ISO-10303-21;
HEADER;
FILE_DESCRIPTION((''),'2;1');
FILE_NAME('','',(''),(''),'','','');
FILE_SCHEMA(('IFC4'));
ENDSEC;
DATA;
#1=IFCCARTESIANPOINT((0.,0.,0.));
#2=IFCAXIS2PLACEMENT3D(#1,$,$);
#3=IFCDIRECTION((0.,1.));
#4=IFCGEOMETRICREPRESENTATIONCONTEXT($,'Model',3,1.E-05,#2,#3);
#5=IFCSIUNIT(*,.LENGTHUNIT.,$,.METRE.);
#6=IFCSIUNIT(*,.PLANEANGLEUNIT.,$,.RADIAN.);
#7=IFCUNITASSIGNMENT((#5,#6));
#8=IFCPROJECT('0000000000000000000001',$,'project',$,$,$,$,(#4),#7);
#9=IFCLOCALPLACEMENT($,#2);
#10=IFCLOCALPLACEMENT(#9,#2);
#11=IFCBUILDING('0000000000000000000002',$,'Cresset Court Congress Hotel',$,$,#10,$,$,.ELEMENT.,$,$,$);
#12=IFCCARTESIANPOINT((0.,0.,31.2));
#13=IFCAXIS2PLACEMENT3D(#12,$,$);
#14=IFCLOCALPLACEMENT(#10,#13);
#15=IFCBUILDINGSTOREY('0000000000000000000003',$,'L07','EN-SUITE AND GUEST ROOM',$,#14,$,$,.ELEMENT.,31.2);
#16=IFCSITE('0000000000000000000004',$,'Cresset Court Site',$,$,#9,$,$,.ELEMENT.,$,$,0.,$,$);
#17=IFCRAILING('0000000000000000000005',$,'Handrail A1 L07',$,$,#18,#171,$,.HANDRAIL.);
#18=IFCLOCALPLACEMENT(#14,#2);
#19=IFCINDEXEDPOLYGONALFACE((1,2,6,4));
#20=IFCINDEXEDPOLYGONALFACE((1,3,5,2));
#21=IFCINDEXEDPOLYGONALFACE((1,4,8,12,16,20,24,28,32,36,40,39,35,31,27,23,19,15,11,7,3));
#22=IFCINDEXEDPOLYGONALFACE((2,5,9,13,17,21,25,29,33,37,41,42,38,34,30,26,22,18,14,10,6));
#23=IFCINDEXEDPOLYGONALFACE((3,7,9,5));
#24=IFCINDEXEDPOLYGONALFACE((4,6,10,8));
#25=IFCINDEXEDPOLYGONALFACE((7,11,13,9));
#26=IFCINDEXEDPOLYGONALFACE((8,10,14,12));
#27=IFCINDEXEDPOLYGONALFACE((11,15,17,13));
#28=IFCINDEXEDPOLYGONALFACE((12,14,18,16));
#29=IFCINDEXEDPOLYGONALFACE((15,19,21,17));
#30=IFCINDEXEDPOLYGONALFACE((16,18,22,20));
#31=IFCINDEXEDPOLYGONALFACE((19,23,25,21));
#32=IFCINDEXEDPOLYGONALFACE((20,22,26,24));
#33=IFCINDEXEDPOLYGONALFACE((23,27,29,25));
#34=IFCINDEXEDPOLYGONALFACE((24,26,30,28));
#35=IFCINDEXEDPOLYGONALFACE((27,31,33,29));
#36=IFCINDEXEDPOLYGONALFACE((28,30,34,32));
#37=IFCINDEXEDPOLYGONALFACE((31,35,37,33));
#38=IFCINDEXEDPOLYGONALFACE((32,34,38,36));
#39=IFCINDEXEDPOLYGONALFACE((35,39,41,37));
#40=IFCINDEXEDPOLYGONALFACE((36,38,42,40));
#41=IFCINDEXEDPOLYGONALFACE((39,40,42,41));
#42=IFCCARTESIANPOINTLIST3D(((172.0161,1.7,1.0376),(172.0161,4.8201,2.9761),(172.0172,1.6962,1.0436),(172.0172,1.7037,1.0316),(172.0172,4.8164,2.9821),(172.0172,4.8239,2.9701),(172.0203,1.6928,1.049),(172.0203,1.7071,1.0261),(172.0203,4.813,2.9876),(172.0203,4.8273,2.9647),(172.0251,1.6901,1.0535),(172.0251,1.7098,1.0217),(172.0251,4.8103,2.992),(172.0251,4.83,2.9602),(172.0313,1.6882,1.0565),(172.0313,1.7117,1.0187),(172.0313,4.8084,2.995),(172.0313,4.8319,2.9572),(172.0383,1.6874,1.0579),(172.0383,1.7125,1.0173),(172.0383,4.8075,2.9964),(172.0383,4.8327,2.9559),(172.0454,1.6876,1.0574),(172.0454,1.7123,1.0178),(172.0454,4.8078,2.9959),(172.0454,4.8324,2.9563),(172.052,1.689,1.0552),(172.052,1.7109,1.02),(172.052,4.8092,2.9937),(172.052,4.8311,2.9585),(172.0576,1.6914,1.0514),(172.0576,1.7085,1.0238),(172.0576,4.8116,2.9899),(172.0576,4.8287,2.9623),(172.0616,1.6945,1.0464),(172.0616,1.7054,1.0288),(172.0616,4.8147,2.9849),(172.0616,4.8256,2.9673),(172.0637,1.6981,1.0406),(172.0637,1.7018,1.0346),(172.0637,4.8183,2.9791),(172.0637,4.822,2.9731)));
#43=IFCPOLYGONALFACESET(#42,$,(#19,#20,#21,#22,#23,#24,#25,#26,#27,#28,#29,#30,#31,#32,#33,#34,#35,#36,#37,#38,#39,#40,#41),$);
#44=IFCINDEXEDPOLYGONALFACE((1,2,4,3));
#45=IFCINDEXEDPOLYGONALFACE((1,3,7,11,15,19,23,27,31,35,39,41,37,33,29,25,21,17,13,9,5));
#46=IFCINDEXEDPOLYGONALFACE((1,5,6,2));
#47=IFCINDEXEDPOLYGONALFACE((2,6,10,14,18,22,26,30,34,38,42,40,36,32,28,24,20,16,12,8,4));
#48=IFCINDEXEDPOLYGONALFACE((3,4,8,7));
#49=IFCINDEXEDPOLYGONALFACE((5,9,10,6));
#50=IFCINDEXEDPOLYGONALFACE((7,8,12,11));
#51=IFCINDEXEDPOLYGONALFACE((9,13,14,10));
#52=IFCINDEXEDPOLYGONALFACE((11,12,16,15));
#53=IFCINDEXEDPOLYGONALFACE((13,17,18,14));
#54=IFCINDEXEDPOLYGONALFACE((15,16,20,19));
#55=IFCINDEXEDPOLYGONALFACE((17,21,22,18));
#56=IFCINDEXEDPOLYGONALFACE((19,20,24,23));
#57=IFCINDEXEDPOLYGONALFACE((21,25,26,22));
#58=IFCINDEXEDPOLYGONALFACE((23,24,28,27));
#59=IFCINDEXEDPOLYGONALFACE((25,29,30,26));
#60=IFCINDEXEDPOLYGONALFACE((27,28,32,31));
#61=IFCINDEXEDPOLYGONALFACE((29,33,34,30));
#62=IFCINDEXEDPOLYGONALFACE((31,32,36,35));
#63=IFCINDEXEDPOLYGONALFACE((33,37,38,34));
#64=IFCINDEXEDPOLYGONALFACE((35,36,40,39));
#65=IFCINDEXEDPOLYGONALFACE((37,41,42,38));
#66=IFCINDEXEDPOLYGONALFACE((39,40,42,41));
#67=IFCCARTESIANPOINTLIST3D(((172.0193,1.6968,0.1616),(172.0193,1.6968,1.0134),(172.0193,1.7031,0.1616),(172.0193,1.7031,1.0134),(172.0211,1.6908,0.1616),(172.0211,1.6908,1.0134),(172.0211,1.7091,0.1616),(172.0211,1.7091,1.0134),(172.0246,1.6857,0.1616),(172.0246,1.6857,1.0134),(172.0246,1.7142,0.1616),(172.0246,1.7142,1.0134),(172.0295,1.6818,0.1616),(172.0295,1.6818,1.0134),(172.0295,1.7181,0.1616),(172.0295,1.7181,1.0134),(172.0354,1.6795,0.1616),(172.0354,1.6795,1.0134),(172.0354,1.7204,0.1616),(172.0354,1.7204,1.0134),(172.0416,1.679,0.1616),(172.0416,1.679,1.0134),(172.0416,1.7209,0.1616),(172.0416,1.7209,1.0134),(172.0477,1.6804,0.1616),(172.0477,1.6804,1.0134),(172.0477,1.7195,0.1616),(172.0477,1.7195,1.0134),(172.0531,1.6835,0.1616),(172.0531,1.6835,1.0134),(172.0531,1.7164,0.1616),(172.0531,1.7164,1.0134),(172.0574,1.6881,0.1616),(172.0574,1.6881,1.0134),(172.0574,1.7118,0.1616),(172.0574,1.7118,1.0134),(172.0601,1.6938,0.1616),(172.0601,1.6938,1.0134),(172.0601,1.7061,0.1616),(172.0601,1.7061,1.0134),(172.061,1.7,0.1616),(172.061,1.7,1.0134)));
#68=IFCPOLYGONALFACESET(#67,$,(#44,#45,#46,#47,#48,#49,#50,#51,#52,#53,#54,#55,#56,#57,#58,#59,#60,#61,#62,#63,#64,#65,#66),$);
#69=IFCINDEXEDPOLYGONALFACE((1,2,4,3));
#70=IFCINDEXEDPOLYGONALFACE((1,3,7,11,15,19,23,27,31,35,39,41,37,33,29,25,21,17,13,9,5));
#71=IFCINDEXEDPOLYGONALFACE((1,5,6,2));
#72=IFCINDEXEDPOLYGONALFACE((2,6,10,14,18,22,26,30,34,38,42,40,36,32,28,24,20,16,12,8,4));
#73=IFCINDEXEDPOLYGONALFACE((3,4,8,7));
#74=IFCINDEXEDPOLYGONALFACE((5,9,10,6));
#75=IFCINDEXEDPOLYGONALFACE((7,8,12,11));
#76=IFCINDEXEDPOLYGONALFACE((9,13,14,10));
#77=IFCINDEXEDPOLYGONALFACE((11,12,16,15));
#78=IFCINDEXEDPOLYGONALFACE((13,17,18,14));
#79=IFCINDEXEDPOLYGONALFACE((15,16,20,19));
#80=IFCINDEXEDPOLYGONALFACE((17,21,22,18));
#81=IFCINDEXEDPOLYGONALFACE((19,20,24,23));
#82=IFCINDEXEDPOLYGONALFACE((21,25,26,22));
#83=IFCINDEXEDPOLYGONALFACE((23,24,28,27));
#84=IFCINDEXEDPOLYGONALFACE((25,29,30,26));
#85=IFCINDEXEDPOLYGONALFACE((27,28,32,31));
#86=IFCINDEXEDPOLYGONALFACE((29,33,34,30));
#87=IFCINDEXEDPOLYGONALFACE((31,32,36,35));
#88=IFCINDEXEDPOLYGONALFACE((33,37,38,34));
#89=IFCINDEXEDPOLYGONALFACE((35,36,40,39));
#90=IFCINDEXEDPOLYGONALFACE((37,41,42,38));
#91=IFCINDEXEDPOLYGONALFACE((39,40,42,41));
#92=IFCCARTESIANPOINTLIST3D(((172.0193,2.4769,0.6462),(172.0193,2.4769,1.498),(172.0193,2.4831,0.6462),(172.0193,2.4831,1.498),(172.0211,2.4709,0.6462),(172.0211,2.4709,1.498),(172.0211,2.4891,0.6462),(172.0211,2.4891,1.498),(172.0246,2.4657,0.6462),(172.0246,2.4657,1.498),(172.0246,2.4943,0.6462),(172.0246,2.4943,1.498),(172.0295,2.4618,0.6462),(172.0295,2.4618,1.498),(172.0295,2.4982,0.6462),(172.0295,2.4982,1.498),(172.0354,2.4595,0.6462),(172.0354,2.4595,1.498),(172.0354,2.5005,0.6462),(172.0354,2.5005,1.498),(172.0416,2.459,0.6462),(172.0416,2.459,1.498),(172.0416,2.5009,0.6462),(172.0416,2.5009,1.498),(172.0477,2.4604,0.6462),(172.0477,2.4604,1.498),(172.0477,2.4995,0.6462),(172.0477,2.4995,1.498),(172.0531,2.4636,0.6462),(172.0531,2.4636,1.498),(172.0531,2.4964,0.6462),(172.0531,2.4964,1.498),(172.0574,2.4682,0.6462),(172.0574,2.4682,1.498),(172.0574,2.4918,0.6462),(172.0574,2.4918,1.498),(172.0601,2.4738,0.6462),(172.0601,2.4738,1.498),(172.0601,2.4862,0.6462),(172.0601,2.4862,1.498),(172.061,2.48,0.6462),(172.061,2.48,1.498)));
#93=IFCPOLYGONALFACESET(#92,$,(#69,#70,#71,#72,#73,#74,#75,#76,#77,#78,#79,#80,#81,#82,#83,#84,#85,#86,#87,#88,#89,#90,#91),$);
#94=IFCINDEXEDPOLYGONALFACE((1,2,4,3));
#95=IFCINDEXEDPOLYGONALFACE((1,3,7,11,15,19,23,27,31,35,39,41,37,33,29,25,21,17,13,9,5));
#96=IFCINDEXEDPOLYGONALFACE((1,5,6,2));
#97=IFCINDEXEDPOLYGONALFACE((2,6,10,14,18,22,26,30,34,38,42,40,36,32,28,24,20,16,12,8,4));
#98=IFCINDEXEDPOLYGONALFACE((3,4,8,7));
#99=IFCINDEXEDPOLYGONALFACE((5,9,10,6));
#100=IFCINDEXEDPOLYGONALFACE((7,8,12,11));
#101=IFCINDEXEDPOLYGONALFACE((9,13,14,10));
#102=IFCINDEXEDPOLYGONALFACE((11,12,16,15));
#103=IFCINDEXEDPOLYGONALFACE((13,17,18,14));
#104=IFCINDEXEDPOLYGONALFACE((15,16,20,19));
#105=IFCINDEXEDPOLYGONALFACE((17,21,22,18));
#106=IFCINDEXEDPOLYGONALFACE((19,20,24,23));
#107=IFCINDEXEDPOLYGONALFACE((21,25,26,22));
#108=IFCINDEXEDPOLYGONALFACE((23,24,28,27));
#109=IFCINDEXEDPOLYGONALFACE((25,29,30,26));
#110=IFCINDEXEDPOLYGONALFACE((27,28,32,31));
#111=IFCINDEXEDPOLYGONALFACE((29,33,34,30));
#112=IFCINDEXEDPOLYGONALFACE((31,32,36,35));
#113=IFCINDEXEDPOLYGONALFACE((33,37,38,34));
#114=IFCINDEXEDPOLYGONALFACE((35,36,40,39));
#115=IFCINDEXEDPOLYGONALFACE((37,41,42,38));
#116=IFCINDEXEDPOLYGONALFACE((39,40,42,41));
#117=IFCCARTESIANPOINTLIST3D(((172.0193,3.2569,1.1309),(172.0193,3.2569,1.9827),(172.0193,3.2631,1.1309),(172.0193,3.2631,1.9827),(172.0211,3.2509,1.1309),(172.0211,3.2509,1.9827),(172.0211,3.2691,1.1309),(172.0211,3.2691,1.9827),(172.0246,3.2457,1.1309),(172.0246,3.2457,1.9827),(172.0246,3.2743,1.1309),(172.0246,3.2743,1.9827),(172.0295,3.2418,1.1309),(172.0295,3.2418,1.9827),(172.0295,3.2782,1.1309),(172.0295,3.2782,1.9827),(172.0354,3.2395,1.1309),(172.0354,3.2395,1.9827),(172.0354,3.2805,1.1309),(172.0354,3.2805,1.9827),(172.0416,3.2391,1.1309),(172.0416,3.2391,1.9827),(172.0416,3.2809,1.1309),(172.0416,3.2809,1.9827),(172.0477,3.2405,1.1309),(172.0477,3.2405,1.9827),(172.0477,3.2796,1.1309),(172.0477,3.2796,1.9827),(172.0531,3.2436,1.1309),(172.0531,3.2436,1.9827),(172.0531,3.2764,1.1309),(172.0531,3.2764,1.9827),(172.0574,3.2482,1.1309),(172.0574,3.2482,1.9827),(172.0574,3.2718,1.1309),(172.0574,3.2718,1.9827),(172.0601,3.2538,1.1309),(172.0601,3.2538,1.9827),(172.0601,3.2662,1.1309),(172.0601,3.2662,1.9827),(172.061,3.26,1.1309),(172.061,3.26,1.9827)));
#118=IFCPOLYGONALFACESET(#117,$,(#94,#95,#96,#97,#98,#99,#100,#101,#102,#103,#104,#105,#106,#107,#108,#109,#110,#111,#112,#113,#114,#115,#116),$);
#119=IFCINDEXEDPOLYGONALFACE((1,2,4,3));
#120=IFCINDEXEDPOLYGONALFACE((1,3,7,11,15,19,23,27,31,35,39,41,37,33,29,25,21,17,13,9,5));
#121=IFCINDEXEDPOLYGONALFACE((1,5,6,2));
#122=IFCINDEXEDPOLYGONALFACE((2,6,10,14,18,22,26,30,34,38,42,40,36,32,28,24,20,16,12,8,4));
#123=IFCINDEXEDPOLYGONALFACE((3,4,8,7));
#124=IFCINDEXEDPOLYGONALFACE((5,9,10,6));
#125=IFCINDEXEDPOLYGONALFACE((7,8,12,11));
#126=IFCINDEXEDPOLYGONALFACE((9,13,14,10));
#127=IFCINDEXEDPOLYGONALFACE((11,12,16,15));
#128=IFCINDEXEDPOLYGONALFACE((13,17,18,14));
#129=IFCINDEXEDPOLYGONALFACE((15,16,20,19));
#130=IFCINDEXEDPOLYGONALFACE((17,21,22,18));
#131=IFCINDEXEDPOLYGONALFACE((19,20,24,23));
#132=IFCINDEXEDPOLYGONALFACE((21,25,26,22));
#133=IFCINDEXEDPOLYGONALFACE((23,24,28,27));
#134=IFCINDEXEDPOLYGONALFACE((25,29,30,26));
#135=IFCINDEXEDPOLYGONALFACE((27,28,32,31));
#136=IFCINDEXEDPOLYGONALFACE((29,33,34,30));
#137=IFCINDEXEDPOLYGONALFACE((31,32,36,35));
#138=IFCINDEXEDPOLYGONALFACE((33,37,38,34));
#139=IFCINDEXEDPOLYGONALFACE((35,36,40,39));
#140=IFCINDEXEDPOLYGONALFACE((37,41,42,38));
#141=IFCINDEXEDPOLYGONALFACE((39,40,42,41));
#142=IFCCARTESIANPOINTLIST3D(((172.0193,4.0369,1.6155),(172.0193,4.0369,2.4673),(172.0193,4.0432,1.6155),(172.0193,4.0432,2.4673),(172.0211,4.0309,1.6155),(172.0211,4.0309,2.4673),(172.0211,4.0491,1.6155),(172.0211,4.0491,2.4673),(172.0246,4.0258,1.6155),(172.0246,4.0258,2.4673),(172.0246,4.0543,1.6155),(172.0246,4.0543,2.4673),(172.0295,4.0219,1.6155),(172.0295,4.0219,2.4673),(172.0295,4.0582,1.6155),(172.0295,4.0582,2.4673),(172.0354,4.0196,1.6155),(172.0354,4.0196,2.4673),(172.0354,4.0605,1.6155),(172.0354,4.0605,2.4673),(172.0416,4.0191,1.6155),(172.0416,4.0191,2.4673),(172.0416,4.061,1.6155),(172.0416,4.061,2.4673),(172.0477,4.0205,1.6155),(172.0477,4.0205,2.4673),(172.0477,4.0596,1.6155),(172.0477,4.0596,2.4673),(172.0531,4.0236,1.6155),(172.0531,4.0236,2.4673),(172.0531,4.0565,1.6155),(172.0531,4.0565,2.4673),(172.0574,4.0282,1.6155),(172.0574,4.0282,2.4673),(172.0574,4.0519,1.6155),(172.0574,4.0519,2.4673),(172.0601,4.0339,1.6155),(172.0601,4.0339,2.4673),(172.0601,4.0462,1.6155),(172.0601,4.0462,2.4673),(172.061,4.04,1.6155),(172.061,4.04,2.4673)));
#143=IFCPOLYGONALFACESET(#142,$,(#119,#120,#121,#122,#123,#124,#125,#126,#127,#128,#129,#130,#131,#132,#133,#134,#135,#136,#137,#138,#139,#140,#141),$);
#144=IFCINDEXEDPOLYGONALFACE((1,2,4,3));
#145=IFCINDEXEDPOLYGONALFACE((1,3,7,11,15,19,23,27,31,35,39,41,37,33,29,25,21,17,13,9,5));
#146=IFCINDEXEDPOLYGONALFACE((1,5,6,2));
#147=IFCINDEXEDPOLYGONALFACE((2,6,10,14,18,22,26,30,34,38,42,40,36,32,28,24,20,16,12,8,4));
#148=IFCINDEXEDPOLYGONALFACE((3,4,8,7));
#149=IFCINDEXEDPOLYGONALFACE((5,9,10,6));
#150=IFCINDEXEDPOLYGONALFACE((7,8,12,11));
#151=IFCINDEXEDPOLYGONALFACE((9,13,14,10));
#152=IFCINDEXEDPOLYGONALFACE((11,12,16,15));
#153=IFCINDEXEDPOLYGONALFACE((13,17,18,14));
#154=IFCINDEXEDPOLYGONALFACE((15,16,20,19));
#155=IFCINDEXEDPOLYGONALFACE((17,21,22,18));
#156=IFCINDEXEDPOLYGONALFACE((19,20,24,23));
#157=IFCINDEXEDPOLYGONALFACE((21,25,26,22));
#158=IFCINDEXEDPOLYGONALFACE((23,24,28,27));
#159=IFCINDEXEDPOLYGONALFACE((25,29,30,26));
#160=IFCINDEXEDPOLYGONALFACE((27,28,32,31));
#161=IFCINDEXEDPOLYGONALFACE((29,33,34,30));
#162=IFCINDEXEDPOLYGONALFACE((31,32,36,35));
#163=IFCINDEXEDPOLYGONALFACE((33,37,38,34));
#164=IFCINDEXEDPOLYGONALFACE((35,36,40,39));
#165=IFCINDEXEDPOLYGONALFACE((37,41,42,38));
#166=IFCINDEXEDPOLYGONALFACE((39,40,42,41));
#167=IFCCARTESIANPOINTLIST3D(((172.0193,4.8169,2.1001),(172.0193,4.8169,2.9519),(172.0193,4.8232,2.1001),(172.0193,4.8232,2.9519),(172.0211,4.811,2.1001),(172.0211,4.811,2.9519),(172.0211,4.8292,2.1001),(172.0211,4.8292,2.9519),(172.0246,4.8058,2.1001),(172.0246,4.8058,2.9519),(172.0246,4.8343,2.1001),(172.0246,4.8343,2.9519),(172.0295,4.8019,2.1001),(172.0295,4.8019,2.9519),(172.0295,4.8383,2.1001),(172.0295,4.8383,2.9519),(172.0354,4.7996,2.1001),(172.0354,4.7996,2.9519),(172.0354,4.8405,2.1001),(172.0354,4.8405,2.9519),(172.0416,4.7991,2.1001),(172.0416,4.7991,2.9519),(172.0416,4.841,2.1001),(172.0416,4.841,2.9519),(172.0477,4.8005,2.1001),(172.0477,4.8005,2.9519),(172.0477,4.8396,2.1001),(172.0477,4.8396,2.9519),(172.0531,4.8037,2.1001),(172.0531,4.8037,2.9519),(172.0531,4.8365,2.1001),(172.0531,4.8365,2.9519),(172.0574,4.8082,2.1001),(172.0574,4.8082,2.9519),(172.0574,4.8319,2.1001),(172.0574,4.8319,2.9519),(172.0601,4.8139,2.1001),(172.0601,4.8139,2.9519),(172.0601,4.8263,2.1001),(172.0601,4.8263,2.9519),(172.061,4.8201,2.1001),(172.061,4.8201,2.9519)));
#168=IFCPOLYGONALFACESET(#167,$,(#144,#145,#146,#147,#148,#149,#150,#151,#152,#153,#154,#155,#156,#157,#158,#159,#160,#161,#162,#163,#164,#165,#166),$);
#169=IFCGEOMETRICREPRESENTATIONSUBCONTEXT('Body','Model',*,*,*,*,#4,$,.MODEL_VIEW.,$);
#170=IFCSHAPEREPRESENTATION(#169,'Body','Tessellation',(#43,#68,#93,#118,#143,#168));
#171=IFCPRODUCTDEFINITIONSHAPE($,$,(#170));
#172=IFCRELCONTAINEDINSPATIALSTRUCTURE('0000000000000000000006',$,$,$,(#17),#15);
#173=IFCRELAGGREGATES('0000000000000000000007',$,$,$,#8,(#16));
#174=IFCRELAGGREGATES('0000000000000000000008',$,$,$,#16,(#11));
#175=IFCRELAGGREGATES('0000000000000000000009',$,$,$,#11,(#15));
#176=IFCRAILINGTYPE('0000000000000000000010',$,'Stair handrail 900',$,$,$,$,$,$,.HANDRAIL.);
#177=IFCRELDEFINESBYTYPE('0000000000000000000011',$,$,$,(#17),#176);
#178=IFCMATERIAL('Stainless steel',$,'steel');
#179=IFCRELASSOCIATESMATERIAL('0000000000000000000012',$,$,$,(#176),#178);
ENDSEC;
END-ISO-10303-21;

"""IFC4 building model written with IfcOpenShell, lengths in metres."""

from ifc_helpers import new_model, si_unit, direction, frame, origin, origin_2d, place, context, subcontext, project, spatial, circle, extrude, material, type_object, element, save


model = new_model("IFC4")

# Units and contexts
model_context = context("Model", 3, precision=1e-05, world=origin(), true_north=direction((0.0, 1.0)))
body_context = subcontext(model_context, "Body", "Model", "MODEL_VIEW")
ifc_project = project(units=[si_unit("LENGTHUNIT", "METRE"), si_unit("PLANEANGLEUNIT", "RADIAN")], contexts=[model_context])

# Site, building, storey
site_placement = place(None, origin())
site = spatial("IfcSite", under=ifc_project, at=site_placement, Name="Cresset Court Site", CompositionType="ELEMENT", RefElevation=0.0)
building_placement = place(site_placement, origin())
building = spatial("IfcBuilding", under=site, at=building_placement, Name="Cresset Court Congress Hotel", CompositionType="ELEMENT")
storey_placement = place(building_placement, frame((0.0, 0.0, 31.2)))
storey = spatial("IfcBuildingStorey", under=building, at=storey_placement, Name="L07", Description="EN-SUITE AND GUEST ROOM", CompositionType="ELEMENT", Elevation=31.2)

# Railing
ifc_material_1 = material(Name="Stainless steel", Category="steel")
railing_type_1 = type_object("IfcRailingType", Name="Stair handrail 900", PredefinedType="HANDRAIL", material=ifc_material_1)
railing_1_placement = place(storey_placement, frame((172.04, 1.7, 0.1616)))
element("IfcRailing", 1, at=railing_1_placement, inside=storey, type_object=railing_type_1, Name="Handrail A1 L07", PredefinedType="HANDRAIL", context=body_context, shape_type="SweptSolid", body=[
    extrude(circle(Radius=0.0239, at=origin_2d()), frame((0.0, 0.0, 0.876), z_axis=(0.0, 0.849414, 0.527727), x_axis=(-1.0, 0.0, 0.0)), (0.0, 0.0, 1.0), 3.6733),
    extrude(circle(Radius=0.021, at=origin_2d()), origin(), (0.0, 0.0, 1.0), 0.8518),
    extrude(circle(Radius=0.021, at=origin_2d()), frame((0.0, 0.78, 0.4846)), (0.0, 0.0, 1.0), 0.8518),
    extrude(circle(Radius=0.021, at=origin_2d()), frame((0.0, 1.5601, 0.9692)), (0.0, 0.0, 1.0), 0.8518),
    extrude(circle(Radius=0.021, at=origin_2d()), frame((0.0, 2.3401, 1.4539)), (0.0, 0.0, 1.0), 0.8518),
    extrude(circle(Radius=0.021, at=origin_2d()), frame((0.0, 3.1201, 1.9385)), (0.0, 0.0, 1.0), 0.8518),
])

save(model, "model.ifc")
